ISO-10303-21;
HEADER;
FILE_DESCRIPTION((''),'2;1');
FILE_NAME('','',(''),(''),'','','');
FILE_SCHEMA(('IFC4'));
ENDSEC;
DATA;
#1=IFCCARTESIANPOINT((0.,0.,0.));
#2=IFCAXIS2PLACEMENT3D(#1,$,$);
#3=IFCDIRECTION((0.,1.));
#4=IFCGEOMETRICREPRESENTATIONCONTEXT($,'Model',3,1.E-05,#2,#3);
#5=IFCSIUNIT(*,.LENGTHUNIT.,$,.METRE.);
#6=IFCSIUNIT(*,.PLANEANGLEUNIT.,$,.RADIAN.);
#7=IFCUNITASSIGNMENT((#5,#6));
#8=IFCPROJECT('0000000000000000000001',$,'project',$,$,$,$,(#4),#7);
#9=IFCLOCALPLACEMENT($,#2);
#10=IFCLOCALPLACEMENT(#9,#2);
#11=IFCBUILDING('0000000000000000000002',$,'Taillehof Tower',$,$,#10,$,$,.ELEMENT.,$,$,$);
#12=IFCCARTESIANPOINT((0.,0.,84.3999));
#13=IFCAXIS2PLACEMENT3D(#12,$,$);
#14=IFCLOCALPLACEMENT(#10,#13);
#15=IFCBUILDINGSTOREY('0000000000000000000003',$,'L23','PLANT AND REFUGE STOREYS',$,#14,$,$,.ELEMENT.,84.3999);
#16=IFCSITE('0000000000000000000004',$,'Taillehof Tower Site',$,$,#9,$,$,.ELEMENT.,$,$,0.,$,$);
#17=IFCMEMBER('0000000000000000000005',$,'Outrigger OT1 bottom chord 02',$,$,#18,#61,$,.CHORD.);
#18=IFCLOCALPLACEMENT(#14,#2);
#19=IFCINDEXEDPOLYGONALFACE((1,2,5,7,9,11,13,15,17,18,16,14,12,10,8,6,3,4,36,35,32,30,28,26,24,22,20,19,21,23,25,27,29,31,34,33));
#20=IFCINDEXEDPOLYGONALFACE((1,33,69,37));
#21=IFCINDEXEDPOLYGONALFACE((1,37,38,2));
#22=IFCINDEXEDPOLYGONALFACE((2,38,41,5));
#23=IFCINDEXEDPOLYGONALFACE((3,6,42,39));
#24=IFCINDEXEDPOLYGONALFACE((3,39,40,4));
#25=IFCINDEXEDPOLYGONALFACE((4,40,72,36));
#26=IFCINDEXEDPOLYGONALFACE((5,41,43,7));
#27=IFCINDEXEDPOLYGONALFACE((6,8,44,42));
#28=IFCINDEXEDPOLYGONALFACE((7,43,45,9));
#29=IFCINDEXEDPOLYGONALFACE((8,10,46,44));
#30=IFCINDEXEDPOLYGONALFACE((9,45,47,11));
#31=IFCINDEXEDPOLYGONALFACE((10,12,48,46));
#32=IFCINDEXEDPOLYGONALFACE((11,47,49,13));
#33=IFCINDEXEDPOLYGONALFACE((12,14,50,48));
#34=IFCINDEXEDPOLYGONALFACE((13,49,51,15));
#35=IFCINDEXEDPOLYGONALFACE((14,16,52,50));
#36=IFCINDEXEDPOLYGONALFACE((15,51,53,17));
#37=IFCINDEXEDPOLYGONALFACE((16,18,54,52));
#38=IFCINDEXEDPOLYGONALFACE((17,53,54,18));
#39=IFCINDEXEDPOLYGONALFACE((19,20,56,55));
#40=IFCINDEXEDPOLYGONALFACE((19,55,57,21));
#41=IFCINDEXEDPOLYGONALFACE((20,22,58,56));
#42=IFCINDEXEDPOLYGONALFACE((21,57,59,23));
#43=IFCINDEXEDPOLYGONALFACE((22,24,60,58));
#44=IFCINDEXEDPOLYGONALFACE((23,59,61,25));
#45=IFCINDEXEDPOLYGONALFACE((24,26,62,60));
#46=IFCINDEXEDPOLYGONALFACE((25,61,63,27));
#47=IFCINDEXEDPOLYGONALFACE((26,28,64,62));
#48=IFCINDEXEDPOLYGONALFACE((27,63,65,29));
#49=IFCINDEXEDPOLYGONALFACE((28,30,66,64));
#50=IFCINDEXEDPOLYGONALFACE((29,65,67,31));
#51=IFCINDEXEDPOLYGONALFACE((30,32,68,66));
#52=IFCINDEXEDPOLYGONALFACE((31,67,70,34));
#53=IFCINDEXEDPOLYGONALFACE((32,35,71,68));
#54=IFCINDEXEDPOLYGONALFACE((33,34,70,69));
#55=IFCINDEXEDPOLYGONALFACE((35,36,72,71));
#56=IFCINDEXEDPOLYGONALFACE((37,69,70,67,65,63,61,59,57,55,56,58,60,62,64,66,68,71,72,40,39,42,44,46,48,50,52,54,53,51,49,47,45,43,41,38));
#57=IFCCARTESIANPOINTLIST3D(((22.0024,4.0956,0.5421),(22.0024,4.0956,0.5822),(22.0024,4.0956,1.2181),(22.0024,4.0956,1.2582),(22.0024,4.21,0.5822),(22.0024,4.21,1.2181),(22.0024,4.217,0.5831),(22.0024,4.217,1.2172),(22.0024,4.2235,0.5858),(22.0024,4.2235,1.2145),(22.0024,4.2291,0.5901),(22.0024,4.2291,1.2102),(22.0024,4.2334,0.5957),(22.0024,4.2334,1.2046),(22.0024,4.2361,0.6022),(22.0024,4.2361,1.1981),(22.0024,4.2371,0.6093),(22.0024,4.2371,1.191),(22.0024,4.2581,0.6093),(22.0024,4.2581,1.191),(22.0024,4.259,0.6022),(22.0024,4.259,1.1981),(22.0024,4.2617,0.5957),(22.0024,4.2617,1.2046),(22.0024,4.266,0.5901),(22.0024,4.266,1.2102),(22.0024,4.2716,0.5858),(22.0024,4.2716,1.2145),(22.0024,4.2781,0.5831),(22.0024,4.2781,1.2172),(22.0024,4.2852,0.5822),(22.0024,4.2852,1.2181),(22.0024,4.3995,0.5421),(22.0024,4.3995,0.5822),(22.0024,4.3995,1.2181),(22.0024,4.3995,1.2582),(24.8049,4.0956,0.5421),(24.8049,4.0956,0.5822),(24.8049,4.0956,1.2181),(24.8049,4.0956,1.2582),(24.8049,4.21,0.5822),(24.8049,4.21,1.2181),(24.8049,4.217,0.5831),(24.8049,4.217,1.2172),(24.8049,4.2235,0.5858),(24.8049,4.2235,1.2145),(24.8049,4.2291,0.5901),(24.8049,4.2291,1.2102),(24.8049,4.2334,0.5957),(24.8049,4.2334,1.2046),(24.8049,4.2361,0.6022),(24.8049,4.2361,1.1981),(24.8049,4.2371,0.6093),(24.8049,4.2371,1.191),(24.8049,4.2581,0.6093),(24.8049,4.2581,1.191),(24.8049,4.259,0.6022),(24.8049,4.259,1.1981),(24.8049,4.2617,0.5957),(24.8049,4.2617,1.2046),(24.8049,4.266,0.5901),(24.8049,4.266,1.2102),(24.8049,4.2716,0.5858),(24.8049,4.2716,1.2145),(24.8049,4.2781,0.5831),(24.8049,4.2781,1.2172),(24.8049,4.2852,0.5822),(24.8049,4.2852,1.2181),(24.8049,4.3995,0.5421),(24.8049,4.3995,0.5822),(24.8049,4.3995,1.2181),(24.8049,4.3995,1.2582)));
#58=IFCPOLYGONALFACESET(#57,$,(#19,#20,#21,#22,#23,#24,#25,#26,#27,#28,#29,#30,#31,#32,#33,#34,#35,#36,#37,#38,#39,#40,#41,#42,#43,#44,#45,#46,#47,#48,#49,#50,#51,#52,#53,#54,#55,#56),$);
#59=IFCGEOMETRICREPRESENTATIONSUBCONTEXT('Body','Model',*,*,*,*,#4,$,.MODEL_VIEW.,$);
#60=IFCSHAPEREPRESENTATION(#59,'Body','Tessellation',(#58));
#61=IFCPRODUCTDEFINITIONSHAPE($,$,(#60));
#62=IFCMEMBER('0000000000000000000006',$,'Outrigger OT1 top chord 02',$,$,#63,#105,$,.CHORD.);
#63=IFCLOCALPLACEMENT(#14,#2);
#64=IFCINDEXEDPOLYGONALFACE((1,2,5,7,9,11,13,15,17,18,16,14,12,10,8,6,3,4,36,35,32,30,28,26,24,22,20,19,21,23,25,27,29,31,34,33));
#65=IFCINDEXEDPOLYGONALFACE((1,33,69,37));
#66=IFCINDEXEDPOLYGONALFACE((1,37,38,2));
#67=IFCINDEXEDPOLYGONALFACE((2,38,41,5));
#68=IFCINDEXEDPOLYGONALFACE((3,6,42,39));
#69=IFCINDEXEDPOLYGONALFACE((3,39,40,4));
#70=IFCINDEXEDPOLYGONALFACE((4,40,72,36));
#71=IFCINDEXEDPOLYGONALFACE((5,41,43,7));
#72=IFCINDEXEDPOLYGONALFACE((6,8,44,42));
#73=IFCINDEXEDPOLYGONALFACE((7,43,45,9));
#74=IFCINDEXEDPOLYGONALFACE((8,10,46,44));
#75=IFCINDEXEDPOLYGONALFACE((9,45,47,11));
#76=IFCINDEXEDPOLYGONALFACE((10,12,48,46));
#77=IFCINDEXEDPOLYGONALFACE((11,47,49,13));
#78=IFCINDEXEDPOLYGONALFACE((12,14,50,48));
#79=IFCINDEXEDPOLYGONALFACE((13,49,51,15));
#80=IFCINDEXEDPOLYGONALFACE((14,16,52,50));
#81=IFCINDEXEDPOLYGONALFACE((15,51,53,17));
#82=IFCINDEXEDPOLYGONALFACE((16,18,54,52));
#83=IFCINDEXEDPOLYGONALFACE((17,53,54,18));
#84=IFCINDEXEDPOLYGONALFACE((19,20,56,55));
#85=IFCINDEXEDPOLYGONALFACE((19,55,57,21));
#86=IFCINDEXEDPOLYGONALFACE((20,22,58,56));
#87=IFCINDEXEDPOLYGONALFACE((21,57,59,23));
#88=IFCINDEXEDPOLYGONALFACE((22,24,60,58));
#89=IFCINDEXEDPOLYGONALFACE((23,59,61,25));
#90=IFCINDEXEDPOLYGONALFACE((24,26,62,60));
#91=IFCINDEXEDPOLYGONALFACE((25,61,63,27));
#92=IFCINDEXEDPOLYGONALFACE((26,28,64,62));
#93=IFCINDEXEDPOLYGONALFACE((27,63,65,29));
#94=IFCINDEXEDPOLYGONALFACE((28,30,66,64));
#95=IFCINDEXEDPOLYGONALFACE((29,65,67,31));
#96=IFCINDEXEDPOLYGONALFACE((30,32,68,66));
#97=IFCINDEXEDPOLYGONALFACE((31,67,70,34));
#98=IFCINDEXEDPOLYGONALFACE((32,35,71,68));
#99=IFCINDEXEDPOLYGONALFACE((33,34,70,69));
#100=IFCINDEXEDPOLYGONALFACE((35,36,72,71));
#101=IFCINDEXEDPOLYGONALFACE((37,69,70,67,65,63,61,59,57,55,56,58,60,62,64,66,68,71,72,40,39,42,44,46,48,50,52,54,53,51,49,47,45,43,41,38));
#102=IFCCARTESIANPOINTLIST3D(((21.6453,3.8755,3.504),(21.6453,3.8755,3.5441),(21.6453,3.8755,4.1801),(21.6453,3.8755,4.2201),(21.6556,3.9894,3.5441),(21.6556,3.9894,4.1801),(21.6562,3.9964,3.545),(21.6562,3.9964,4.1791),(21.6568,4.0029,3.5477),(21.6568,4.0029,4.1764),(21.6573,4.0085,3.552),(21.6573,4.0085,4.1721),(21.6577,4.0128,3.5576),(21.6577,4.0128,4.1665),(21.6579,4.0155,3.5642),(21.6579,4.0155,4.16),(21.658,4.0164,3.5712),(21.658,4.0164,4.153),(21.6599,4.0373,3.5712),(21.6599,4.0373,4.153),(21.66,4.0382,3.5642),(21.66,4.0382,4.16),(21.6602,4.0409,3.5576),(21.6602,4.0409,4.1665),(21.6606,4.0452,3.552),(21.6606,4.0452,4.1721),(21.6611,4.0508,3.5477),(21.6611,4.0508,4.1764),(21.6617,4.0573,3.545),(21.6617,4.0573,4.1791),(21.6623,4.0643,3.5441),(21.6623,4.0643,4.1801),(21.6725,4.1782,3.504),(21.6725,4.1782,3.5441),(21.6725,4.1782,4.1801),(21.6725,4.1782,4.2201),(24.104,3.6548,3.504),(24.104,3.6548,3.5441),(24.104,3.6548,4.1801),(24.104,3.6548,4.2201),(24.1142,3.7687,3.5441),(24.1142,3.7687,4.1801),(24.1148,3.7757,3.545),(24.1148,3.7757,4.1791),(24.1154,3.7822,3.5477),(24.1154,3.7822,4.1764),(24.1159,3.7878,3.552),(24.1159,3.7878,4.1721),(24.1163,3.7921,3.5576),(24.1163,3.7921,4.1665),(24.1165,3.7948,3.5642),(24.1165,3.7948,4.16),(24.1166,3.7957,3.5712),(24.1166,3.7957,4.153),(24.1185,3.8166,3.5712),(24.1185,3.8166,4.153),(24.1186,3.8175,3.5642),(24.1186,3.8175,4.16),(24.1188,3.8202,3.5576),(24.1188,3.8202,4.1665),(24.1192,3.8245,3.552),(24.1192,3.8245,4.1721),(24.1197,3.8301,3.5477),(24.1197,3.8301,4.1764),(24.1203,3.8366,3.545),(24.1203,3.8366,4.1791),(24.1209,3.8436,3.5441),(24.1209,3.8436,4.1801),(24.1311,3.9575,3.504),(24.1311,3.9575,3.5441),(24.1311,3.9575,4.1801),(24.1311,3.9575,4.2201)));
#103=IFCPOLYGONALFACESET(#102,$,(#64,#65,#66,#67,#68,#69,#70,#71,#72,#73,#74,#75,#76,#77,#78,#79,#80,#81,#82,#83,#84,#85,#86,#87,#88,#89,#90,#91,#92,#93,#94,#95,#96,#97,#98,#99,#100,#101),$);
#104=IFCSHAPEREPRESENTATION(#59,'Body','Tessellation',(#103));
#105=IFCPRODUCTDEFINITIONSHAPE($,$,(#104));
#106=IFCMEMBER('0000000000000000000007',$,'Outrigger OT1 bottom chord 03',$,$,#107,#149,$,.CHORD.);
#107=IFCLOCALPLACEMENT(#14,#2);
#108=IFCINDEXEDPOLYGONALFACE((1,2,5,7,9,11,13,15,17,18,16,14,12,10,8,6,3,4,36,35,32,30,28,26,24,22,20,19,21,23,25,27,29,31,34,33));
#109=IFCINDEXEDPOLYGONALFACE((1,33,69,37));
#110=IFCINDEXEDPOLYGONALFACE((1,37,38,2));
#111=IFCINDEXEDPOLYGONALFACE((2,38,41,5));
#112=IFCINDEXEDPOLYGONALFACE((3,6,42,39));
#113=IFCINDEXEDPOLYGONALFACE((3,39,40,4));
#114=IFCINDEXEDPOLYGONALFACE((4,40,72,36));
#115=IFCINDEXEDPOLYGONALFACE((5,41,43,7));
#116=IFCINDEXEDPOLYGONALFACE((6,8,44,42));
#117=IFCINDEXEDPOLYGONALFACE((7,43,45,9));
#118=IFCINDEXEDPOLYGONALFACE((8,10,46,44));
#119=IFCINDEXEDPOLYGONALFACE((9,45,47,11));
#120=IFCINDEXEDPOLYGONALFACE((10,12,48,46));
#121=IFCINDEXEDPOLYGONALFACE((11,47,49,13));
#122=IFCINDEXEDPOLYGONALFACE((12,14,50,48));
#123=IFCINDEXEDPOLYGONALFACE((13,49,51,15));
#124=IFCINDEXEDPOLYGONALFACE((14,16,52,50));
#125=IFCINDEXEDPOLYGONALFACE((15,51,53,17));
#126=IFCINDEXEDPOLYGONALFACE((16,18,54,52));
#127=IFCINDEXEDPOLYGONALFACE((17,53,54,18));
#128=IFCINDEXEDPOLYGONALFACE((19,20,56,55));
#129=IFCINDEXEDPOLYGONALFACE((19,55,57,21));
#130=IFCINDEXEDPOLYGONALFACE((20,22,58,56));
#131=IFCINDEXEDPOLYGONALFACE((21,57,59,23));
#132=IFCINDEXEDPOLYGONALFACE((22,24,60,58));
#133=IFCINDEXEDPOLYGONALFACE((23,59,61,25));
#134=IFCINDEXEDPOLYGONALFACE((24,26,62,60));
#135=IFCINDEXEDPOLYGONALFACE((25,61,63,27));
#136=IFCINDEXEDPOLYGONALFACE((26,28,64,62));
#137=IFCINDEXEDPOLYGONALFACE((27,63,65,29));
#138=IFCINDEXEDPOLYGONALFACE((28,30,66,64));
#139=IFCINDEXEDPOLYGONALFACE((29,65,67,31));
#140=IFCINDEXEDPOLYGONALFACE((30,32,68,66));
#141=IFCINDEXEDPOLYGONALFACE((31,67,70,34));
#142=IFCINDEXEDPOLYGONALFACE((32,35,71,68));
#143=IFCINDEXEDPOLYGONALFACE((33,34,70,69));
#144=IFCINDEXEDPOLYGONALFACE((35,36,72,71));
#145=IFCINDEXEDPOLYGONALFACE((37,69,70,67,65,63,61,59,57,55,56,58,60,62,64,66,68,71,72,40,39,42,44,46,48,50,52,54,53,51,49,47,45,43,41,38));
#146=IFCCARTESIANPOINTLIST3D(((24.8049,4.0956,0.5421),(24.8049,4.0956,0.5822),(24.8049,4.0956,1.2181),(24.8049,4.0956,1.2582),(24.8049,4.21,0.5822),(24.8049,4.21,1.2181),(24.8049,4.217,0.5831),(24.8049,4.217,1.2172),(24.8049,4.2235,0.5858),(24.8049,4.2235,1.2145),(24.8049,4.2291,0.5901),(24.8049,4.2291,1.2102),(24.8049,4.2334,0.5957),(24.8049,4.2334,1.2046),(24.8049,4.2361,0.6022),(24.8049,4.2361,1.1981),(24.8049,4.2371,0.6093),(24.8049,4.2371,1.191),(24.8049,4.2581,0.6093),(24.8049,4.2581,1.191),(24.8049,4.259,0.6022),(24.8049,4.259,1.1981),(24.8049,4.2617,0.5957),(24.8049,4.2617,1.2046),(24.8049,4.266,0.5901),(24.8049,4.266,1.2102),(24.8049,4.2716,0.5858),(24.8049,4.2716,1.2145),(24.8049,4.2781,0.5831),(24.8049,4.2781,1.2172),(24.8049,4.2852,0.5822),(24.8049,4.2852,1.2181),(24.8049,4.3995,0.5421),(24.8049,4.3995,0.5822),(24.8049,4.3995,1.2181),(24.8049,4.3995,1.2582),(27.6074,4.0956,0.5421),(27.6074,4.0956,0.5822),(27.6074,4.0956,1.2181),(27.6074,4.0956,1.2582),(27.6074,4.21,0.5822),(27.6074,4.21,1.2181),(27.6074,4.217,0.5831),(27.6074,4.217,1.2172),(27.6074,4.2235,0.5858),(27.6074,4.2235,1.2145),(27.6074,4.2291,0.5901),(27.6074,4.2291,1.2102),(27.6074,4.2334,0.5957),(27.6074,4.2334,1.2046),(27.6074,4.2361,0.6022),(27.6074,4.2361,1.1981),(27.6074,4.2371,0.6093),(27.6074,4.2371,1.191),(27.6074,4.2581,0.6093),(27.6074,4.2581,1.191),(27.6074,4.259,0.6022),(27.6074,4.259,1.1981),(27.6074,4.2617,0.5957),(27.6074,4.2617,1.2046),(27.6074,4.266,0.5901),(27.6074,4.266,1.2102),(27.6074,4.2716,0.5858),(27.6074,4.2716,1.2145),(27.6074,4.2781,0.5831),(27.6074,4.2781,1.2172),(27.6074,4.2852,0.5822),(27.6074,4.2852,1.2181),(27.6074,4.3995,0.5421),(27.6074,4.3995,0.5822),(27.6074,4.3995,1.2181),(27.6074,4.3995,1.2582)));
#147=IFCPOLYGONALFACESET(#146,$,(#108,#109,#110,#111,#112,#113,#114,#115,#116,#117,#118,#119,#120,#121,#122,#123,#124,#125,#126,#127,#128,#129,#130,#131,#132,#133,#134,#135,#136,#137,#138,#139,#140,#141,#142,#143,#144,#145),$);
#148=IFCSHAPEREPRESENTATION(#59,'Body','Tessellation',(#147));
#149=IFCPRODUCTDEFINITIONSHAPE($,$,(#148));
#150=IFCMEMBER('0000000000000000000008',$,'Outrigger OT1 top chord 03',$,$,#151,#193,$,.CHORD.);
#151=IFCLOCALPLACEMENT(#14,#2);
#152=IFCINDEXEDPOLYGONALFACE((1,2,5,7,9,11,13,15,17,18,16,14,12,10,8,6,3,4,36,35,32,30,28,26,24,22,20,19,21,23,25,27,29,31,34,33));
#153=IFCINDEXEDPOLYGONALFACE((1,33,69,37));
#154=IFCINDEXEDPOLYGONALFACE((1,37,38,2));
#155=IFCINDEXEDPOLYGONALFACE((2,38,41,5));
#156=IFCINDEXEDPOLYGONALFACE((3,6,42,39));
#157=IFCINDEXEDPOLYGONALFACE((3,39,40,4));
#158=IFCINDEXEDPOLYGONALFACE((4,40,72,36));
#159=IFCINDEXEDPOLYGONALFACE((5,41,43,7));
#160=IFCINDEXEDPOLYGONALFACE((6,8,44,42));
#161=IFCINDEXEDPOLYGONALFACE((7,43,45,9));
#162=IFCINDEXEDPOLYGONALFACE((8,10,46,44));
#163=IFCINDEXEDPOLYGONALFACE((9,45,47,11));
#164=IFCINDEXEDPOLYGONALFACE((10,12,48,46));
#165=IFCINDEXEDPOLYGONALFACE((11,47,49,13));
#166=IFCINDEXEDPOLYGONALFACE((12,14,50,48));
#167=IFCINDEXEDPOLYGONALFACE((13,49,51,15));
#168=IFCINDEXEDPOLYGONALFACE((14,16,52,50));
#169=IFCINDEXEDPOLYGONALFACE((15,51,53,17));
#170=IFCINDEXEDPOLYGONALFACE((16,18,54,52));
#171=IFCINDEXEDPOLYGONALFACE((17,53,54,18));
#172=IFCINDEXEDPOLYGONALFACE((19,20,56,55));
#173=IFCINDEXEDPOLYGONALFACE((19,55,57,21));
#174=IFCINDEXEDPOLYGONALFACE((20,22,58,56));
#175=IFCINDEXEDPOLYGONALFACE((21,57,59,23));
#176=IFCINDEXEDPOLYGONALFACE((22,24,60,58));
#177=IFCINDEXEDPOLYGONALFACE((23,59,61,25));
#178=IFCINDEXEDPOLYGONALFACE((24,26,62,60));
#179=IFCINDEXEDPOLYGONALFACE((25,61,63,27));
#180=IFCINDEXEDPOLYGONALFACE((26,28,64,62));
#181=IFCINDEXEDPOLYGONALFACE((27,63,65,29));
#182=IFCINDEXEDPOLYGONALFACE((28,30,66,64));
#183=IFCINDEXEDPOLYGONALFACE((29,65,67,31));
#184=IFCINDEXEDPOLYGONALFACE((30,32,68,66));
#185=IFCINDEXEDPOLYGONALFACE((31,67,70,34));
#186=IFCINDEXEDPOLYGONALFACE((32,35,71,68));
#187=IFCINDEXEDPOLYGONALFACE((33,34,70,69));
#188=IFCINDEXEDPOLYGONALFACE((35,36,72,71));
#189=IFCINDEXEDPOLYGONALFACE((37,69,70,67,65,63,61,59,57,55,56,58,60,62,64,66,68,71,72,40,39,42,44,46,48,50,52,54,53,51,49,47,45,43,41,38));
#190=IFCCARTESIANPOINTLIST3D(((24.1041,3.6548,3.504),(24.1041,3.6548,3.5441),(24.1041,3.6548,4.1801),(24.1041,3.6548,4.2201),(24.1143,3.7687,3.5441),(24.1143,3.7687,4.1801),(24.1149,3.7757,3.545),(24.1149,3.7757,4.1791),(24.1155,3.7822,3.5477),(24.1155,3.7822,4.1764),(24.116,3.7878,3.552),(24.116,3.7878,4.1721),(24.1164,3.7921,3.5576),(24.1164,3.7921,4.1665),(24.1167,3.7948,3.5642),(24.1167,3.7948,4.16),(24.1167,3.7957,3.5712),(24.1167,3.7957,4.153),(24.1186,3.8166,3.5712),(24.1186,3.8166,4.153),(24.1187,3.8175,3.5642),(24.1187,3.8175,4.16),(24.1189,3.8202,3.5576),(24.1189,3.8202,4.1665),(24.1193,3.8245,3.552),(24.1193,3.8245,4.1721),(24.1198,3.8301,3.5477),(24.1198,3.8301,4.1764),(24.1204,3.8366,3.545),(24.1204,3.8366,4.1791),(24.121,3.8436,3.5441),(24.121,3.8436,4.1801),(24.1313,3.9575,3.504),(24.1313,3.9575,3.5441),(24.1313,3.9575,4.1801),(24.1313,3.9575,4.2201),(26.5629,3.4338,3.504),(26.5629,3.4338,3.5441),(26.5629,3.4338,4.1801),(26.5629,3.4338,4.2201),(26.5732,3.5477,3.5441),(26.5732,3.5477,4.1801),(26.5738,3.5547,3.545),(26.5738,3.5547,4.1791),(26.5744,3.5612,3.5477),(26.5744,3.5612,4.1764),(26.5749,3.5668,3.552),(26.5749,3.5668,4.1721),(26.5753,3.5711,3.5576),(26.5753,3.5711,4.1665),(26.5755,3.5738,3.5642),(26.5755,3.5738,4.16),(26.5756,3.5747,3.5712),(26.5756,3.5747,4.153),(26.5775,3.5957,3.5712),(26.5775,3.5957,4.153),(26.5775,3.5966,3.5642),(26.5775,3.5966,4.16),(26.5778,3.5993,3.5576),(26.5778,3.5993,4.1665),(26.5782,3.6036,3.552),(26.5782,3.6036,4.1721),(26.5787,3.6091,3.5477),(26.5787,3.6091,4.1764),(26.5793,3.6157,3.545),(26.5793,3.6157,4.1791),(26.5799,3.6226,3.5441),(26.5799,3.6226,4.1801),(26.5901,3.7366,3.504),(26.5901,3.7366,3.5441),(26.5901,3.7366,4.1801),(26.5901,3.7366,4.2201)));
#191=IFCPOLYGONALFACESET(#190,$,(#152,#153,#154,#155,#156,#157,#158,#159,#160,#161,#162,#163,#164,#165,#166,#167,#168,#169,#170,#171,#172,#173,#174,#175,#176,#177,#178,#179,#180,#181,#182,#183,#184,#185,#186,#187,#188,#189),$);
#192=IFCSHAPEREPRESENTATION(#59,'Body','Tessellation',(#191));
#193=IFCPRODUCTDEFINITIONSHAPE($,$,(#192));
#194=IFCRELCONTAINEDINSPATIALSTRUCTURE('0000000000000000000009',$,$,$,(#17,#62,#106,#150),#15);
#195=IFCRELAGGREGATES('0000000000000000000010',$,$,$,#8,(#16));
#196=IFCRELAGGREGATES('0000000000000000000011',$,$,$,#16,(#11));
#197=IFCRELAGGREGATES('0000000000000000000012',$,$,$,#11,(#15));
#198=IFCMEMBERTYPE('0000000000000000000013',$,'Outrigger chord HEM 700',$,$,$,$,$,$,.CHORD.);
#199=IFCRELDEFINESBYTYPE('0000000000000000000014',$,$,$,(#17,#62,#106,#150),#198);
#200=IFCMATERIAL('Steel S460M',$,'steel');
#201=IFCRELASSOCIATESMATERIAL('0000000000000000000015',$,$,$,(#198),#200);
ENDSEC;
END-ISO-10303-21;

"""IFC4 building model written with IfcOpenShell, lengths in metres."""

from ifc_helpers import new_model, si_unit, direction, frame, origin, origin_2d, place, context, subcontext, project, spatial, i_section, extrude, material, material_profile, profile_set, type_object, element, save


model = new_model("IFC4")

# Units and contexts
model_context = context("Model", 3, precision=1e-05, world=origin(), true_north=direction((0.0, 1.0)))
body_context = subcontext(model_context, "Body", "Model", "MODEL_VIEW")
ifc_project = project(units=[si_unit("LENGTHUNIT", "METRE"), si_unit("PLANEANGLEUNIT", "RADIAN")], contexts=[model_context])

# Site, building, storey
site_placement = place(None, origin())
site = spatial("IfcSite", under=ifc_project, at=site_placement, Name="Taillehof Tower Site", CompositionType="ELEMENT", RefElevation=0.0)
building_placement = place(site_placement, origin())
building = spatial("IfcBuilding", under=site, at=building_placement, Name="Taillehof Tower", CompositionType="ELEMENT")
storey_placement = place(building_placement, frame((0.0, 0.0, 84.3999)))
storey = spatial("IfcBuildingStorey", under=building, at=storey_placement, Name="L23", Description="PLANT AND REFUGE STOREYS", CompositionType="ELEMENT", Elevation=84.3999)

# Members
ifc_material_1 = material(Name="Steel S460M", Category="steel")
ifc_material_profile_1 = material_profile(ifc_material_1, i_section(OverallWidth=0.304, OverallDepth=0.7161, WebThickness=0.021, FlangeThickness=0.04, FilletRadius=0.0271, at=origin_2d()), Name="HEM 700")
ifc_profile_set_1 = profile_set([ifc_material_profile_1], Name="Steel S460M")
member_type_1 = type_object("IfcMemberType", Name="Outrigger chord HEM 700", PredefinedType="CHORD", material=ifc_profile_set_1)
member_1_placement = place(storey_placement, frame((22.0024, 4.2476, 0.9001), z_axis=(1.0, 0.0, 0.0), x_axis=(0.0, 1.0, 0.0)))
element("IfcMember", 1, at=member_1_placement, inside=storey, type_object=member_type_1, Name="Outrigger OT1 bottom chord 02", PredefinedType="CHORD", context=body_context, shape_type="SweptSolid", body=[
    extrude(i_section(OverallWidth=0.304, OverallDepth=0.7161, WebThickness=0.021, FlangeThickness=0.04, FilletRadius=0.0271, at=origin_2d()), origin(), (0.0, 0.0, 1.0), 2.8025),
])
member_2_placement = place(storey_placement, frame((21.6589, 4.0269, 3.8621), z_axis=(0.995996, -0.089403, 0.0), x_axis=(0.089403, 0.995996, 0.0)))
element("IfcMember", 2, at=member_2_placement, inside=storey, type_object=member_type_1, Name="Outrigger OT1 top chord 02", PredefinedType="CHORD", context=body_context, shape_type="SweptSolid", body=[
    extrude(i_section(OverallWidth=0.304, OverallDepth=0.7161, WebThickness=0.021, FlangeThickness=0.04, FilletRadius=0.0271, at=origin_2d()), origin(), (0.0, 0.0, 1.0), 2.4685),
])
member_3_placement = place(storey_placement, frame((24.8049, 4.2476, 0.9001), z_axis=(1.0, 0.0, 0.0), x_axis=(0.0, 1.0, 0.0)))
element("IfcMember", 3, at=member_3_placement, inside=storey, type_object=member_type_1, Name="Outrigger OT1 bottom chord 03", PredefinedType="CHORD", context=body_context, shape_type="SweptSolid", body=[
    extrude(i_section(OverallWidth=0.304, OverallDepth=0.7161, WebThickness=0.021, FlangeThickness=0.04, FilletRadius=0.0271, at=origin_2d()), origin(), (0.0, 0.0, 1.0), 2.8025),
])
member_4_placement = place(storey_placement, frame((24.1177, 3.8062, 3.8621), z_axis=(0.995987, -0.089501, 0.0), x_axis=(0.089501, 0.995987, 0.0)))
element("IfcMember", 4, at=member_4_placement, inside=storey, type_object=member_type_1, Name="Outrigger OT1 top chord 03", PredefinedType="CHORD", context=body_context, shape_type="SweptSolid", body=[
    extrude(i_section(OverallWidth=0.304, OverallDepth=0.7161, WebThickness=0.021, FlangeThickness=0.04, FilletRadius=0.0271, at=origin_2d()), origin(), (0.0, 0.0, 1.0), 2.4688),
])

save(model, "model.ifc")
